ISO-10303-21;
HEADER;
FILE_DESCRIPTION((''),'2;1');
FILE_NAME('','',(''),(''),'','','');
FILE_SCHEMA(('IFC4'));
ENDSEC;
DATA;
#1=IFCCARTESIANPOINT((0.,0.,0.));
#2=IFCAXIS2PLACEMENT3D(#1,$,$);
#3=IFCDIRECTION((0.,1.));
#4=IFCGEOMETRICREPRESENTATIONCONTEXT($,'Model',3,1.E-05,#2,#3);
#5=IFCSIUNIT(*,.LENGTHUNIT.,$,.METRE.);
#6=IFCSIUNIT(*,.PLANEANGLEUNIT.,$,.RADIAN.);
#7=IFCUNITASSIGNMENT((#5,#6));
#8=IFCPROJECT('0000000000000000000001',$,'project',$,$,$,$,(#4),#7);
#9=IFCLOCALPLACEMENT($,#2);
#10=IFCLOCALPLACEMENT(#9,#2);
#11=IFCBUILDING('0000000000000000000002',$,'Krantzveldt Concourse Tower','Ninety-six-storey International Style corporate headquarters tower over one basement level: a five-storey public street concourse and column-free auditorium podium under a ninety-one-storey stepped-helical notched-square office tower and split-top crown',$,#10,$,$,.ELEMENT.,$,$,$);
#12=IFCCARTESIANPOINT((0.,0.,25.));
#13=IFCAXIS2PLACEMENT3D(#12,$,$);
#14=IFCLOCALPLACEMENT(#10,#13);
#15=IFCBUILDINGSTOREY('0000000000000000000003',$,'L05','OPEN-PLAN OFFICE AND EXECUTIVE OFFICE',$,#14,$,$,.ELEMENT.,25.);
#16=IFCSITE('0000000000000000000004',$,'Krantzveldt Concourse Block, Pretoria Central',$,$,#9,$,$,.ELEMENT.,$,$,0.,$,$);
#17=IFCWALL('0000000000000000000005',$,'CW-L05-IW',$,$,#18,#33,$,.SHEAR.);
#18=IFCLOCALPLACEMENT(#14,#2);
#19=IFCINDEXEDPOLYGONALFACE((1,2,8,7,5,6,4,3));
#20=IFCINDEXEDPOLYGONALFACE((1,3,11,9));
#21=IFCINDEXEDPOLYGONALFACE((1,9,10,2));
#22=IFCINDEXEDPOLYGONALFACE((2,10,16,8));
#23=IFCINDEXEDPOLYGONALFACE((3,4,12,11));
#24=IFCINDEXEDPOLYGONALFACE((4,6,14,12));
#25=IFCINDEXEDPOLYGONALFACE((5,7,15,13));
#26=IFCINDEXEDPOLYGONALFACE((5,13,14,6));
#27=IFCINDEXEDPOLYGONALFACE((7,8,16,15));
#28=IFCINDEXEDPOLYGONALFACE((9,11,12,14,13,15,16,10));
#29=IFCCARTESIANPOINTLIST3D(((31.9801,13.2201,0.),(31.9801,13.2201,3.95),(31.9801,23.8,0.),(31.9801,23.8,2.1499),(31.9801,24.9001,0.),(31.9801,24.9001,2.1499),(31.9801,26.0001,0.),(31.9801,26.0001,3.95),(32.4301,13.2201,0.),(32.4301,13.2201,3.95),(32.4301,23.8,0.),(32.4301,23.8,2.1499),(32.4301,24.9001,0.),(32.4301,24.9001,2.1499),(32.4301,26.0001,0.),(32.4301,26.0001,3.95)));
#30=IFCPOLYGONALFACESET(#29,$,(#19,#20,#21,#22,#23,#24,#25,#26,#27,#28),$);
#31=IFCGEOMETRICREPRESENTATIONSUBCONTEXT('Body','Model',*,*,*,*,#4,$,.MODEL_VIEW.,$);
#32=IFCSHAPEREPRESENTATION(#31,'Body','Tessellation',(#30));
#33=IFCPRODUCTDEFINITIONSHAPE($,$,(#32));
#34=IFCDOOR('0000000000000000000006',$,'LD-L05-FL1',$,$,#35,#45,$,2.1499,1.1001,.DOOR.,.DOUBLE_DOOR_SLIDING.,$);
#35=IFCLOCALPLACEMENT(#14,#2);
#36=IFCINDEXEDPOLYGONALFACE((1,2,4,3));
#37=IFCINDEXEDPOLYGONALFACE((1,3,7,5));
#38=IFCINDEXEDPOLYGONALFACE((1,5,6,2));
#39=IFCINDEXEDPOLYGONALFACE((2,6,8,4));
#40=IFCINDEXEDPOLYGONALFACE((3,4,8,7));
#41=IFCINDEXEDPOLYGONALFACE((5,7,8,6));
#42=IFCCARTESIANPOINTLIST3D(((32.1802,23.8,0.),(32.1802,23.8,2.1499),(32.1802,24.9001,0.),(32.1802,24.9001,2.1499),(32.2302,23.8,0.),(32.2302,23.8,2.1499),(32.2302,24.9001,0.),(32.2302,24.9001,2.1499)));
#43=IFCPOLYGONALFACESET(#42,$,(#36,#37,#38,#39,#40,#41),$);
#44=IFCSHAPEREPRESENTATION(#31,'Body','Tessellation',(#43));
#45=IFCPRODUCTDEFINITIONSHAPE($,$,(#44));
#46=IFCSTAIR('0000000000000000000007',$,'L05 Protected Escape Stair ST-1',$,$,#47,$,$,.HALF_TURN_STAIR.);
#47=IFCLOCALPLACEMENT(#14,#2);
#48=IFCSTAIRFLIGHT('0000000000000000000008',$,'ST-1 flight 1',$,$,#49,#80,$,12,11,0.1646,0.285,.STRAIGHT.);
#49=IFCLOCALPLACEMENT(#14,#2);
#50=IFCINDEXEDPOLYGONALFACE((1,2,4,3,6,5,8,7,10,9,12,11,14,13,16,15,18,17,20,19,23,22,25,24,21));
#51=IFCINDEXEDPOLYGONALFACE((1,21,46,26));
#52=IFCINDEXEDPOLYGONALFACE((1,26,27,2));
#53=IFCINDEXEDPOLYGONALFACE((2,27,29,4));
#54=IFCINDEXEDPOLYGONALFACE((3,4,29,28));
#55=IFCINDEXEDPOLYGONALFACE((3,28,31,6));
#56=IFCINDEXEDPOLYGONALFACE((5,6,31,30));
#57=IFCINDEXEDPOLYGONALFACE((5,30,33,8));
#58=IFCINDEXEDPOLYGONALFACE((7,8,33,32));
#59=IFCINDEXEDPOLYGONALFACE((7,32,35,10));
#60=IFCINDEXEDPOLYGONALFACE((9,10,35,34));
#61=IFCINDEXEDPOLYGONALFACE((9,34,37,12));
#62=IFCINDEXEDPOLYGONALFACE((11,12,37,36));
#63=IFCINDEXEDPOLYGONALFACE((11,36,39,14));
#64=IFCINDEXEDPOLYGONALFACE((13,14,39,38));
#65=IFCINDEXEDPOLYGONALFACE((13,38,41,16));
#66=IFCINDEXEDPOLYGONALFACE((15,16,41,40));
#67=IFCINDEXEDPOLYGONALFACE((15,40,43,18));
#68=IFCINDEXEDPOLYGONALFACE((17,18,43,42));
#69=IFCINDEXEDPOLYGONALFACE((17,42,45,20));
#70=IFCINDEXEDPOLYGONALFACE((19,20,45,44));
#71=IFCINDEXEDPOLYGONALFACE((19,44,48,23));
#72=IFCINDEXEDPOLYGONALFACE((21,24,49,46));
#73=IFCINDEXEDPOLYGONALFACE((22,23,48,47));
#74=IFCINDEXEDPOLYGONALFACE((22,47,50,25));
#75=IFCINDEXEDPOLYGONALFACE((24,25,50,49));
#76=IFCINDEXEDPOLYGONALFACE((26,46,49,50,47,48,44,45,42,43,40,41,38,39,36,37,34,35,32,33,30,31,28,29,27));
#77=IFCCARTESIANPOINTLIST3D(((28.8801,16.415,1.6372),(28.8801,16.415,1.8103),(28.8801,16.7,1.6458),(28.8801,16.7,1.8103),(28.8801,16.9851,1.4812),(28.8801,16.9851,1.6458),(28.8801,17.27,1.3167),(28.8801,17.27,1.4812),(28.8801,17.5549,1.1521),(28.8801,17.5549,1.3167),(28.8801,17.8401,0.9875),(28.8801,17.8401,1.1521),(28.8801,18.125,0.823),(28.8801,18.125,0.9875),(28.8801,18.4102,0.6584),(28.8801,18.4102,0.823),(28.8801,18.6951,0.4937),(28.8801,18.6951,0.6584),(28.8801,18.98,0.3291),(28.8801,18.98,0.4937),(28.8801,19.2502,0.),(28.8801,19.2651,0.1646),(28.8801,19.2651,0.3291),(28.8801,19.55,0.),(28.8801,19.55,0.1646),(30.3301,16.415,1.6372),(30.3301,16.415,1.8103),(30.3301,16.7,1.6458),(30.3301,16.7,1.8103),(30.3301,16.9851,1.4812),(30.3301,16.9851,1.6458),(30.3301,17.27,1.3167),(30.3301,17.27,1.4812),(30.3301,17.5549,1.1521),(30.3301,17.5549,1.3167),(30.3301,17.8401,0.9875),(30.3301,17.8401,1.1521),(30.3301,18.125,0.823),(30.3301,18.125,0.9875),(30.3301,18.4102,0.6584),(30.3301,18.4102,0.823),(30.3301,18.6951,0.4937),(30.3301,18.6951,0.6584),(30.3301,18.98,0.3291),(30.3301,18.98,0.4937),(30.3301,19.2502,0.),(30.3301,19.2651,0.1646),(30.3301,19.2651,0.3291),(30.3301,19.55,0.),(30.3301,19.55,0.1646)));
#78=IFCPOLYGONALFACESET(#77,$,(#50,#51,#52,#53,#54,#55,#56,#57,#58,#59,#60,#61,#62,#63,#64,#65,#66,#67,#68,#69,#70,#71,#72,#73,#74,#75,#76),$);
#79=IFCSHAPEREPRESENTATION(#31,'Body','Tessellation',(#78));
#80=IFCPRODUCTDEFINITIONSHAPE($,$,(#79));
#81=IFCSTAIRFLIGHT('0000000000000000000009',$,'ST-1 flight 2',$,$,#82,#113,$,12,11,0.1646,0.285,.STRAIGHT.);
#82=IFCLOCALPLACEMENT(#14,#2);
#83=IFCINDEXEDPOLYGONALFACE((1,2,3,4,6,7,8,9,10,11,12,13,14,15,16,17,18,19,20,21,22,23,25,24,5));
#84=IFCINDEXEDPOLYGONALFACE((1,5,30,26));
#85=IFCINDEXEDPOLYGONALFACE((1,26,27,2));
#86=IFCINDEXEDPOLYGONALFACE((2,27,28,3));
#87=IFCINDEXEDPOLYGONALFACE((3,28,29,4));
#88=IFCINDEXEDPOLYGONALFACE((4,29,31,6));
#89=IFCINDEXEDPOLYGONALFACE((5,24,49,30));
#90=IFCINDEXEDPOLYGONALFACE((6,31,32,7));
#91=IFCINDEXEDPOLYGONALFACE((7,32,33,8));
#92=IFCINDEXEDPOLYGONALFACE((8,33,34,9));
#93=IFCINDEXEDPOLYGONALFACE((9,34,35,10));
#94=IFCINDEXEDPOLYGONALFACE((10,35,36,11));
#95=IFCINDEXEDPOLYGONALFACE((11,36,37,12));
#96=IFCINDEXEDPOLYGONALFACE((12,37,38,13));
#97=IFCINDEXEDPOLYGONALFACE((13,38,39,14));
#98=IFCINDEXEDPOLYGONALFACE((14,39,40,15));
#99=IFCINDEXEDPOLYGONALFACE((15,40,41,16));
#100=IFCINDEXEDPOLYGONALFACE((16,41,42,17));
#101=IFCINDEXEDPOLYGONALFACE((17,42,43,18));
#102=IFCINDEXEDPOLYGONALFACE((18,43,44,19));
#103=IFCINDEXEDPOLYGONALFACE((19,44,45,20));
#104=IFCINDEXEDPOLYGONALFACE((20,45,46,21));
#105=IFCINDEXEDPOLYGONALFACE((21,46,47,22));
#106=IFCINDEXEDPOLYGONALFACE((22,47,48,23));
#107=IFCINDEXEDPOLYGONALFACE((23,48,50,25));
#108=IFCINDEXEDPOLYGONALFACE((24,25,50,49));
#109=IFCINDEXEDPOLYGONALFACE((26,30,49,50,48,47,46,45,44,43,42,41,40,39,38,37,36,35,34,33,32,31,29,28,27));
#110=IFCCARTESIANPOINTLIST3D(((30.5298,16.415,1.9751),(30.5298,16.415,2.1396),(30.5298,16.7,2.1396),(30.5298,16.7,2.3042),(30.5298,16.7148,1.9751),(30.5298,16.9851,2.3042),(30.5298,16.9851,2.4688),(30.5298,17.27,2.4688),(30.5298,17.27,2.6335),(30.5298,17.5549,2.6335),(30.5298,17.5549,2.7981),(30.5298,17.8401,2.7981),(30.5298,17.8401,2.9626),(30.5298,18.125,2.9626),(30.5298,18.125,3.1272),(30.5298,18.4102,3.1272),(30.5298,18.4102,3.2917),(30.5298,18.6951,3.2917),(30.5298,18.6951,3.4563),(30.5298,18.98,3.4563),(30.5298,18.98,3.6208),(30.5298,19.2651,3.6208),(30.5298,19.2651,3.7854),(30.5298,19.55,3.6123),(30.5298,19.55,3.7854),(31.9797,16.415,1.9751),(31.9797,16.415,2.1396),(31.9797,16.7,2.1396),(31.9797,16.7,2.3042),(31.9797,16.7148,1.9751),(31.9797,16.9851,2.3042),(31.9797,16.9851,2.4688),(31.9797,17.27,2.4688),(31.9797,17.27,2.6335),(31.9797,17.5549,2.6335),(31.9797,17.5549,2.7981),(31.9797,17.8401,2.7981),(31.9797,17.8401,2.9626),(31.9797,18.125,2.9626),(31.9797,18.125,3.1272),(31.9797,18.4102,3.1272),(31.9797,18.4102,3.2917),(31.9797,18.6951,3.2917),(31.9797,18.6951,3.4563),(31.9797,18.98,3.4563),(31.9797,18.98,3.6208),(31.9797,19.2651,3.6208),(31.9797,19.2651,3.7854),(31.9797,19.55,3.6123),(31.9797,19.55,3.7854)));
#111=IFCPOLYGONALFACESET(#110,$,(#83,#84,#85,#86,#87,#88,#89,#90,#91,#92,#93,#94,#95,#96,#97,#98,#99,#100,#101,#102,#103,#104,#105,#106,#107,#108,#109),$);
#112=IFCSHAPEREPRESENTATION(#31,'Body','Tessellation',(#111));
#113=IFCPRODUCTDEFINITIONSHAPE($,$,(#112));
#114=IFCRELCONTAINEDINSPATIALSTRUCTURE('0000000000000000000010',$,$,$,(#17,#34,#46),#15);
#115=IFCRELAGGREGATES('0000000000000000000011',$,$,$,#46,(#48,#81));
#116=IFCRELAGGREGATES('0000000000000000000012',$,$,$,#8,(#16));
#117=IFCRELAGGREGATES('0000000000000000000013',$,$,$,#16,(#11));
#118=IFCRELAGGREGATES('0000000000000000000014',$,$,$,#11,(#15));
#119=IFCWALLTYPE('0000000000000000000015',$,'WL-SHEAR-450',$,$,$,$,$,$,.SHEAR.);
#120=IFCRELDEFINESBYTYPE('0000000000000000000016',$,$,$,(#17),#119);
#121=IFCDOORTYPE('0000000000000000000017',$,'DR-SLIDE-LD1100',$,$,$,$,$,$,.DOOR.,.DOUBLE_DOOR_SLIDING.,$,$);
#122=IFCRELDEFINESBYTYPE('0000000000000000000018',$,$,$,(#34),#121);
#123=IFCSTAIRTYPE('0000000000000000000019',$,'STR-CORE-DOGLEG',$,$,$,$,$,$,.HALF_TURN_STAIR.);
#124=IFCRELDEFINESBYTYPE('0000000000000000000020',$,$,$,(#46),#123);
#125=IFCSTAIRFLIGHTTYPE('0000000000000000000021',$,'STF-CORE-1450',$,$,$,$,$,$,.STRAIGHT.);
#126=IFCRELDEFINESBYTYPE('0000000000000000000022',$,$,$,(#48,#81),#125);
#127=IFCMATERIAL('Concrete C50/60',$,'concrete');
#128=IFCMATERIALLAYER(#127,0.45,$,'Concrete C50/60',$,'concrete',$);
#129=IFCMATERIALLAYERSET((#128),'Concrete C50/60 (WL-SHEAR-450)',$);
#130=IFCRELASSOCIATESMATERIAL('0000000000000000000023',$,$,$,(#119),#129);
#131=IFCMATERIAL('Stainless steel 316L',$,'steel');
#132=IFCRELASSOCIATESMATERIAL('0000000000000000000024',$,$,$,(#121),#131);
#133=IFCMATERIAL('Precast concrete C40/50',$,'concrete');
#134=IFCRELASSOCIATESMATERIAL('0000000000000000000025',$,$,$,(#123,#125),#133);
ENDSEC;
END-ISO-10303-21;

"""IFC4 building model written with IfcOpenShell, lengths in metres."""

from ifc_helpers import new_model, si_unit, direction, frame, frame_2d, origin, place, context, subcontext, project, spatial, polyline, rectangle, outline, extrude, material, layer, layer_set, type_object, element, fill, aggregate, save


model = new_model("IFC4")

# Units and contexts
model_context = context("Model", 3, precision=1e-05, world=origin(), true_north=direction((0.0, 1.0)))
body_context = subcontext(model_context, "Body", "Model", "MODEL_VIEW")
ifc_project = project(units=[si_unit("LENGTHUNIT", "METRE"), si_unit("PLANEANGLEUNIT", "RADIAN")], contexts=[model_context])

# Site, building, storey
site_placement = place(None, origin())
site = spatial("IfcSite", under=ifc_project, at=site_placement, Name="Krantzveldt Concourse Block, Pretoria Central", CompositionType="ELEMENT", RefElevation=0.0)
building_placement = place(site_placement, origin())
building = spatial("IfcBuilding", under=site, at=building_placement, Name="Krantzveldt Concourse Tower", Description="Ninety-six-storey International Style corporate headquarters tower over one basement level: a five-storey public street concourse and column-free auditorium podium under a ninety-one-storey stepped-helical notched-square office tower and split-top crown", CompositionType="ELEMENT")
storey_placement = place(building_placement, frame((0.0, 0.0, 25.0)))
storey = spatial("IfcBuildingStorey", under=building, at=storey_placement, Name="L05", Description="OPEN-PLAN OFFICE AND EXECUTIVE OFFICE", CompositionType="ELEMENT", Elevation=25.0)

# Shared definitions
ifc_material_1 = material(Name="Concrete C50/60", Category="concrete")

# Wall, opening, door
ifc_layer_1 = layer(ifc_material_1, 0.45, Name="Concrete C50/60", Category="concrete")
ifc_layer_set_1 = layer_set([ifc_layer_1], Name="Concrete C50/60 (WL-SHEAR-450)")
wall_type_1 = type_object("IfcWallType", Name="WL-SHEAR-450", PredefinedType="SHEAR", material=ifc_layer_set_1)
wall_1_placement = place(storey_placement, frame((32.2051, 13.22, 0.0), z_axis=(0.0, 0.0, 1.0), x_axis=(0.0, 1.0, 0.0)))
wall_1 = element("IfcWall", 1, at=wall_1_placement, inside=storey, type_object=wall_type_1, Name="CW-L05-IW", PredefinedType="SHEAR", context=body_context, shape_type="SweptSolid", body=[
    extrude(rectangle(XDim=12.78, YDim=0.45, at=frame_2d((6.3901, 0.0))), origin(), (0.0, 0.0, 1.0), 3.95),
])
opening_placement = place(wall_1_placement, frame((10.5801, 0.0, 0.0)))
opening = element("IfcOpeningElement", 2, at=opening_placement, cuts=wall_1, PredefinedType="OPENING", context=body_context, shape_type="SweptSolid", body=[
    extrude(rectangle(XDim=1.1001, YDim=2.1499, at=frame_2d((0.55, 1.075))), frame((0.0, 0.2349, 0.0), z_axis=(0.0, -1.0, 0.0), x_axis=(1.0, 0.0, 0.0)), (0.0, 0.0, 1.0), 0.47),
])
ifc_material_2 = material(Name="Stainless steel 316L", Category="steel")
door_type = type_object("IfcDoorType", Name="DR-SLIDE-LD1100", OperationType="DOUBLE_DOOR_SLIDING", PredefinedType="DOOR", material=ifc_material_2)
door_placement = place(opening_placement, origin())
door = element("IfcDoor", 3, at=door_placement, inside=storey, type_object=door_type, Name="LD-L05-FL1", OperationType="DOUBLE_DOOR_SLIDING", OverallHeight=2.1499, OverallWidth=1.1001, PredefinedType="DOOR", context=body_context, shape_type="SweptSolid", body=[
    extrude(rectangle(XDim=1.1001, YDim=2.1499, at=frame_2d((0.55, 1.075))), frame((0.0, 0.0249, 0.0), z_axis=(0.0, -1.0, 0.0), x_axis=(1.0, 0.0, 0.0)), (0.0, 0.0, 1.0), 0.05),
])
fill(opening, door)

# Stair, stair flights
ifc_material_3 = material(Name="Precast concrete C40/50", Category="concrete")
stair_type = type_object("IfcStairType", Name="STR-CORE-DOGLEG", PredefinedType="HALF_TURN_STAIR", material=ifc_material_3)
stair_placement = place(storey_placement, origin())
stair = element("IfcStair", 4, at=stair_placement, inside=storey, type_object=stair_type, Name="L05 Protected Escape Stair ST-1", PredefinedType="HALF_TURN_STAIR")
stair_flight_type = type_object("IfcStairFlightType", Name="STF-CORE-1450", PredefinedType="STRAIGHT", material=ifc_material_3)
stair_flight_1_placement = place(storey_placement, frame((29.605, 19.55, 0.0), z_axis=(0.0, 0.0, 1.0), x_axis=(0.0, -1.0, 0.0)))
stair_flight_1 = element("IfcStairFlight", 5, at=stair_flight_1_placement, type_object=stair_flight_type, Name="ST-1 flight 1", NumberOfRisers=12, NumberOfTreads=11, PredefinedType="STRAIGHT", RiserHeight=0.1646, TreadLength=0.285, context=body_context, shape_type="SweptSolid", body=[
    extrude(outline(polyline([(0.0, 0.0), (0.0, 0.1646), (0.2849, 0.1646), (0.2849, 0.3291), (0.5701, 0.3291), (0.5701, 0.4937), (0.855, 0.4937), (0.855, 0.6584), (1.1399, 0.6584), (1.1399, 0.823), (1.425, 0.823), (1.425, 0.9875), (1.71, 0.9875), (1.71, 1.1521), (1.9951, 1.1521), (1.9951, 1.3167), (2.28, 1.3167), (2.28, 1.4812), (2.5649, 1.4812), (2.5649, 1.6458), (2.8501, 1.6458), (2.8501, 1.8103), (3.135, 1.8103), (3.135, 1.9751), (3.135, 1.6372), (0.2998, 0.0), (0.0, 0.0)])), frame((0.0, 0.7251, 0.0), z_axis=(0.0, -1.0, 0.0), x_axis=(1.0, 0.0, 0.0)), (0.0, 0.0, 1.0), 1.45),
])
stair_flight_2_placement = place(storey_placement, frame((31.2549, 16.415, 1.9751), z_axis=(0.0, 0.0, 1.0), x_axis=(0.0, 1.0, 0.0)))
stair_flight_2 = element("IfcStairFlight", 6, at=stair_flight_2_placement, type_object=stair_flight_type, Name="ST-1 flight 2", NumberOfRisers=12, NumberOfTreads=11, PredefinedType="STRAIGHT", RiserHeight=0.1646, TreadLength=0.285, context=body_context, shape_type="SweptSolid", body=[
    extrude(outline(polyline([(0.0, 0.0), (0.0, 0.1646), (0.2849, 0.1646), (0.2849, 0.3291), (0.5701, 0.3291), (0.5701, 0.4937), (0.855, 0.4937), (0.855, 0.6584), (1.1399, 0.6584), (1.1399, 0.823), (1.425, 0.823), (1.425, 0.9875), (1.71, 0.9875), (1.71, 1.1521), (1.9951, 1.1521), (1.9951, 1.3167), (2.28, 1.3167), (2.28, 1.4812), (2.5649, 1.4812), (2.5649, 1.6458), (2.8501, 1.6458), (2.8501, 1.8103), (3.135, 1.8103), (3.135, 1.9751), (3.135, 1.6372), (0.2998, 0.0), (0.0, 0.0)])), frame((0.0, 0.7251, 0.0), z_axis=(0.0, -1.0, 0.0), x_axis=(1.0, 0.0, 0.0)), (0.0, 0.0, 1.0), 1.45),
])
aggregate(stair, [stair_flight_1, stair_flight_2])

save(model, "model.ifc")
